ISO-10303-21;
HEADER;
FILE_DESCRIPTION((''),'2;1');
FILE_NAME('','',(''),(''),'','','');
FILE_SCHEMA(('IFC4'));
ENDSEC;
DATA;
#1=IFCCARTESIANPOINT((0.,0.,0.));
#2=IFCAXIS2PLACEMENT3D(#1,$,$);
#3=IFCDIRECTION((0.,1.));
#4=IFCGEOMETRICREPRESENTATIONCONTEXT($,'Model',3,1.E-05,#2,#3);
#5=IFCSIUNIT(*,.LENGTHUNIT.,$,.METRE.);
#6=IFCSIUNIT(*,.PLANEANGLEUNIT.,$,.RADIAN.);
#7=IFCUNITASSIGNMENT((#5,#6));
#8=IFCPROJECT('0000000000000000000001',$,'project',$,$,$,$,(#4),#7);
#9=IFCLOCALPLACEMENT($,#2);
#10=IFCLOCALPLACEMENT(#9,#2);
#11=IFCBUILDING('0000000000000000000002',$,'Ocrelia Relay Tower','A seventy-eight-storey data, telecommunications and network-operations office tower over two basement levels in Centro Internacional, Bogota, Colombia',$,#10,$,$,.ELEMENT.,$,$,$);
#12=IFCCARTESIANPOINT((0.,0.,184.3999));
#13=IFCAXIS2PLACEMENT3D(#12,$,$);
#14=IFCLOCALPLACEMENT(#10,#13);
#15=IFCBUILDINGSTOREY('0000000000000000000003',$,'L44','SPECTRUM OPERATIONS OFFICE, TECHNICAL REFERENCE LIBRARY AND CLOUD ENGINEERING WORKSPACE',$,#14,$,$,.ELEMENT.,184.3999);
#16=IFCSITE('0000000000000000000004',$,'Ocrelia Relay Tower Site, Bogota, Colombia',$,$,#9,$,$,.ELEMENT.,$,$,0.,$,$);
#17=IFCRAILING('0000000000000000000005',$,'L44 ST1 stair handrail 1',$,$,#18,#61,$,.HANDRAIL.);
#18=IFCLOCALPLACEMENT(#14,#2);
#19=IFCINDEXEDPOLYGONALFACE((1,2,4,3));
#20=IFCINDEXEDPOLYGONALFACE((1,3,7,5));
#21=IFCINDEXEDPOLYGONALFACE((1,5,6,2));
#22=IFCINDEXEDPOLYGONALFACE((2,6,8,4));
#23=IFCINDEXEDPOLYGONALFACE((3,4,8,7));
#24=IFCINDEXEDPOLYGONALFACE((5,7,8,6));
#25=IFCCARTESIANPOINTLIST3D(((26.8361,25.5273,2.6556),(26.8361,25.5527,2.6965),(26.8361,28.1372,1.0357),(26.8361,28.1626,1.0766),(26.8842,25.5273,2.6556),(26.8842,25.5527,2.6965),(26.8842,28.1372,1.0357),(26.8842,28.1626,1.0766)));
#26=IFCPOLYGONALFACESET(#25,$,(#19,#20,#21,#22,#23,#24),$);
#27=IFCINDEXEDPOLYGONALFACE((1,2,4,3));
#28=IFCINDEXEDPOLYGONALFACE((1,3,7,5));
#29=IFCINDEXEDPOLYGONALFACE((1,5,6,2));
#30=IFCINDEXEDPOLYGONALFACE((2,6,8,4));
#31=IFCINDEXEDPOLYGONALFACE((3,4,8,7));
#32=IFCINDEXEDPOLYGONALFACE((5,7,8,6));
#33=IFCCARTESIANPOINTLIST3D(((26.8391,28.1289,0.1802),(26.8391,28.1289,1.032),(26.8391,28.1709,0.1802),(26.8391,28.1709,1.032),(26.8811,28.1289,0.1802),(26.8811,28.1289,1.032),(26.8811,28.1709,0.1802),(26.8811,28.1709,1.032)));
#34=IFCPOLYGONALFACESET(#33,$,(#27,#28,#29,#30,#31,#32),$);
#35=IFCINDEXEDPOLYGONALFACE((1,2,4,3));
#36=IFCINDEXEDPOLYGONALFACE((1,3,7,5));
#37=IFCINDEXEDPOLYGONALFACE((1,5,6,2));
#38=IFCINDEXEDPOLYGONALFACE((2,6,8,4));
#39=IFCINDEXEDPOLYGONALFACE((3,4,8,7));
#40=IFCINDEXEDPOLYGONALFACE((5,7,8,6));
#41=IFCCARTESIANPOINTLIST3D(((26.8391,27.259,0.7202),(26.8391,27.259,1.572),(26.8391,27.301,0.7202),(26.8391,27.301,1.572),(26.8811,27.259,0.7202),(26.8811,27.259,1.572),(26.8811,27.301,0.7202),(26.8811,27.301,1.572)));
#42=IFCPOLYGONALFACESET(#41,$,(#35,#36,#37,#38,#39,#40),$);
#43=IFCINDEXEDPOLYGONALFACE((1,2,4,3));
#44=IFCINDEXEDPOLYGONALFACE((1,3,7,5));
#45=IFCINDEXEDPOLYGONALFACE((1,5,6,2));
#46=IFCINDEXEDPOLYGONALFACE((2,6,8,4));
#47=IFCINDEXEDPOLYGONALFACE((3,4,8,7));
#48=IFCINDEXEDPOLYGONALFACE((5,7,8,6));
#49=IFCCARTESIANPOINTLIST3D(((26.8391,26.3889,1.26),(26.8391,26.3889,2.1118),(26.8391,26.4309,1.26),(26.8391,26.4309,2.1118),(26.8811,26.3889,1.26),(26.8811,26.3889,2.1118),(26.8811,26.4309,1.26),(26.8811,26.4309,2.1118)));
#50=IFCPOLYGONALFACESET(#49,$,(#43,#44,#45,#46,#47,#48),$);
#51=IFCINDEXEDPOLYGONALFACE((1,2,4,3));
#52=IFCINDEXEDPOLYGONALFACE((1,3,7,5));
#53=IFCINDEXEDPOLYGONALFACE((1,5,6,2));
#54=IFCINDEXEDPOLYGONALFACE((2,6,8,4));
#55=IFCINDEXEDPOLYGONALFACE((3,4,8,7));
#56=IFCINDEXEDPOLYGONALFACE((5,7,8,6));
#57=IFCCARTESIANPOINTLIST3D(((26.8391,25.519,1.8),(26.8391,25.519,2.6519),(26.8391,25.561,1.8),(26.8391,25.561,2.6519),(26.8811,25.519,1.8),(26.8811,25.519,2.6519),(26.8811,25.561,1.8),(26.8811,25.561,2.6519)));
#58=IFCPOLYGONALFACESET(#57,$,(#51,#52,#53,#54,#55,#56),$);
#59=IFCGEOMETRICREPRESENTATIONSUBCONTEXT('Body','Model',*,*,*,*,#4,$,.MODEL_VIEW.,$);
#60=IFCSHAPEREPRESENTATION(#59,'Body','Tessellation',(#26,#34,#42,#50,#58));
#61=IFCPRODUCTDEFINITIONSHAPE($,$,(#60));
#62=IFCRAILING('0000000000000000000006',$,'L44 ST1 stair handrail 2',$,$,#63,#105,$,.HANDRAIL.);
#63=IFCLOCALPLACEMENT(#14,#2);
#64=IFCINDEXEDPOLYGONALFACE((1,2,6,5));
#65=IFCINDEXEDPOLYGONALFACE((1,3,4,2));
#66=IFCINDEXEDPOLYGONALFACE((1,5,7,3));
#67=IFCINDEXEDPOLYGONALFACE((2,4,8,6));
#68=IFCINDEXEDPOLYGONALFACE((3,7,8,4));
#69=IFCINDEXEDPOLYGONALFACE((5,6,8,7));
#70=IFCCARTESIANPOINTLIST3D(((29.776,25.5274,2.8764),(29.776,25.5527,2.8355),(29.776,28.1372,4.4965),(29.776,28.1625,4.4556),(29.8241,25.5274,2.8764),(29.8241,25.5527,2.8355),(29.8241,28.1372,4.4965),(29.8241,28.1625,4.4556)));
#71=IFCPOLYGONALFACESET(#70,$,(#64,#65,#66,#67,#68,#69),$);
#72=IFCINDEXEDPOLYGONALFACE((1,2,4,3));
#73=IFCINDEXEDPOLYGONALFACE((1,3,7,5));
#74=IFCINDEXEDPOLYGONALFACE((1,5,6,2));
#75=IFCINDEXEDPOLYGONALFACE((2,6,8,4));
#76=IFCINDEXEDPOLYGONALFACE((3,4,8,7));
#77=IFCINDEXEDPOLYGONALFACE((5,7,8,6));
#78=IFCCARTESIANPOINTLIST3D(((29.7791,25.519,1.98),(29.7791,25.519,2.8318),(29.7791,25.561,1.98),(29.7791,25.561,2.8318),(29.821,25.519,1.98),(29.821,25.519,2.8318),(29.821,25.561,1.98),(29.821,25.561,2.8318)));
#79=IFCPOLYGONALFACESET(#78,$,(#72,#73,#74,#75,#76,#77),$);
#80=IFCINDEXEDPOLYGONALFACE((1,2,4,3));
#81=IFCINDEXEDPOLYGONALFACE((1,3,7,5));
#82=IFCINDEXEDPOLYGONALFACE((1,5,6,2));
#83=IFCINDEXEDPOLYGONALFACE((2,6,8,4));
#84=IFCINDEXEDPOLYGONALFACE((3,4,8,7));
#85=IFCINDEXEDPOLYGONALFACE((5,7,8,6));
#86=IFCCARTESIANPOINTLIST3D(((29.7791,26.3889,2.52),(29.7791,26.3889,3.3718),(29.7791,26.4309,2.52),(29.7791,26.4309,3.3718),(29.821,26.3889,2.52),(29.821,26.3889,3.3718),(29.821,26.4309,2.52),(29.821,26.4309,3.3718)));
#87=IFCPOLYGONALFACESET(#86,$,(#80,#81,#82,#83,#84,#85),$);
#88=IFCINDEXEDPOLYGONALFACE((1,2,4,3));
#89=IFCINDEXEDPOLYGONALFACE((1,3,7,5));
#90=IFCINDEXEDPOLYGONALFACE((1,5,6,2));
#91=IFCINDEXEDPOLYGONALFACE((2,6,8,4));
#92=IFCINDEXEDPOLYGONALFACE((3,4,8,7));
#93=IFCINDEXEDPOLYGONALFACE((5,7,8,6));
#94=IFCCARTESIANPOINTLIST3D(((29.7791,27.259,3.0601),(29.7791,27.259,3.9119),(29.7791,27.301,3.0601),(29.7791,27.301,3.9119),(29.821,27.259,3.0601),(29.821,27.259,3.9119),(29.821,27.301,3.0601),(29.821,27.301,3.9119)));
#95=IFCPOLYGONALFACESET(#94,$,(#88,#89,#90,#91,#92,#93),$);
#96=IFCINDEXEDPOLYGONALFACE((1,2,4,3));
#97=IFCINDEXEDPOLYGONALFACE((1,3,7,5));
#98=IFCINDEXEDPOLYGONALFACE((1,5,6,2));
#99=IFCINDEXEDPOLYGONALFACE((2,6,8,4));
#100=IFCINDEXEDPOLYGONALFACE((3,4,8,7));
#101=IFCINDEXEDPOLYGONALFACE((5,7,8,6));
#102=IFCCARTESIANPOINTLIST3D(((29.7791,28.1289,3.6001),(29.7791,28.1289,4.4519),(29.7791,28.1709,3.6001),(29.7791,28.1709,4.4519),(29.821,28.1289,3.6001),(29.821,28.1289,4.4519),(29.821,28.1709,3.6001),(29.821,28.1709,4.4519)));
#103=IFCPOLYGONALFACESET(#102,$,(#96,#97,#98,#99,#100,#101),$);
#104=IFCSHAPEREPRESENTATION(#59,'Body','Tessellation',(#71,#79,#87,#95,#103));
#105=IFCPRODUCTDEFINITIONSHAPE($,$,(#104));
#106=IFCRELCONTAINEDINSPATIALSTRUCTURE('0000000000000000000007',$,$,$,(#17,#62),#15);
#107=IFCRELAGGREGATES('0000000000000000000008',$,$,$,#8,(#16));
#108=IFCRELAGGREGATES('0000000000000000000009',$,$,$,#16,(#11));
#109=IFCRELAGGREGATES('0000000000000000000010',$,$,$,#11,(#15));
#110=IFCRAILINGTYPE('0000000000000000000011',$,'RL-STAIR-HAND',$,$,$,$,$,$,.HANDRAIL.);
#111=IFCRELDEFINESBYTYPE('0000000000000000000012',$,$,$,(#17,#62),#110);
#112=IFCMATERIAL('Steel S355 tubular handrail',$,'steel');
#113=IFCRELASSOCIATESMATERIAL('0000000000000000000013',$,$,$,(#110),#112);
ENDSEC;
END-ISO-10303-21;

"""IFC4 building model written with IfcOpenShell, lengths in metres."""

from ifc_helpers import new_model, si_unit, direction, frame, origin, origin_2d, place, context, subcontext, project, spatial, rectangle, extrude, material, type_object, element, save


model = new_model("IFC4")

# Units and contexts
model_context = context("Model", 3, precision=1e-05, world=origin(), true_north=direction((0.0, 1.0)))
body_context = subcontext(model_context, "Body", "Model", "MODEL_VIEW")
ifc_project = project(units=[si_unit("LENGTHUNIT", "METRE"), si_unit("PLANEANGLEUNIT", "RADIAN")], contexts=[model_context])

# Site, building, storey
site_placement = place(None, origin())
site = spatial("IfcSite", under=ifc_project, at=site_placement, Name="Ocrelia Relay Tower Site, Bogota, Colombia", CompositionType="ELEMENT", RefElevation=0.0)
building_placement = place(site_placement, origin())
building = spatial("IfcBuilding", under=site, at=building_placement, Name="Ocrelia Relay Tower", Description="A seventy-eight-storey data, telecommunications and network-operations office tower over two basement levels in Centro Internacional, Bogota, Colombia", CompositionType="ELEMENT")
storey_placement = place(building_placement, frame((0.0, 0.0, 184.3999)))
storey = spatial("IfcBuildingStorey", under=building, at=storey_placement, Name="L44", Description="SPECTRUM OPERATIONS OFFICE, TECHNICAL REFERENCE LIBRARY AND CLOUD ENGINEERING WORKSPACE", CompositionType="ELEMENT", Elevation=184.3999)

# Railings
ifc_material_1 = material(Name="Steel S355 tubular handrail", Category="steel")
railing_type_1 = type_object("IfcRailingType", Name="RL-STAIR-HAND", PredefinedType="HANDRAIL", material=ifc_material_1)
railing_1_placement = place(storey_placement, frame((26.8601, 28.1499, 0.1802)))
element("IfcRailing", 1, at=railing_1_placement, inside=storey, type_object=railing_type_1, Name="L44 ST1 stair handrail 1", PredefinedType="HANDRAIL", context=body_context, shape_type="SweptSolid", body=[
    extrude(rectangle(XDim=0.0481, YDim=0.0481, at=origin_2d()), frame((0.0, 0.0, 0.876), z_axis=(0.0, -0.849646, 0.527353), x_axis=(1.0, 0.0, 0.0)), (0.0, 0.0, 1.0), 3.0718),
    extrude(rectangle(XDim=0.042, YDim=0.042, at=origin_2d()), origin(), (0.0, 0.0, 1.0), 0.8518),
    extrude(rectangle(XDim=0.042, YDim=0.042, at=origin_2d()), frame((0.0, -0.8699, 0.54)), (0.0, 0.0, 1.0), 0.8518),
    extrude(rectangle(XDim=0.042, YDim=0.042, at=origin_2d()), frame((0.0, -1.74, 1.0798)), (0.0, 0.0, 1.0), 0.8518),
    extrude(rectangle(XDim=0.042, YDim=0.042, at=origin_2d()), frame((0.0, -2.6099, 1.6199)), (0.0, 0.0, 1.0), 0.8518),
])
railing_2_placement = place(storey_placement, frame((29.8, 25.54, 1.98)))
element("IfcRailing", 2, at=railing_2_placement, inside=storey, type_object=railing_type_1, Name="L44 ST1 stair handrail 2", PredefinedType="HANDRAIL", context=body_context, shape_type="SweptSolid", body=[
    extrude(rectangle(XDim=0.0481, YDim=0.0481, at=origin_2d()), frame((0.0, 0.0, 0.876), z_axis=(0.0, 0.849611, 0.52741), x_axis=(-1.0, 0.0, 0.0)), (0.0, 0.0, 1.0), 3.0718),
    extrude(rectangle(XDim=0.042, YDim=0.042, at=origin_2d()), origin(), (0.0, 0.0, 1.0), 0.8518),
    extrude(rectangle(XDim=0.042, YDim=0.042, at=origin_2d()), frame((0.0, 0.8699, 0.54)), (0.0, 0.0, 1.0), 0.8518),
    extrude(rectangle(XDim=0.042, YDim=0.042, at=origin_2d()), frame((0.0, 1.74, 1.0801)), (0.0, 0.0, 1.0), 0.8518),
    extrude(rectangle(XDim=0.042, YDim=0.042, at=origin_2d()), frame((0.0, 2.6099, 1.6201)), (0.0, 0.0, 1.0), 0.8518),
])

save(model, "model.ifc")
